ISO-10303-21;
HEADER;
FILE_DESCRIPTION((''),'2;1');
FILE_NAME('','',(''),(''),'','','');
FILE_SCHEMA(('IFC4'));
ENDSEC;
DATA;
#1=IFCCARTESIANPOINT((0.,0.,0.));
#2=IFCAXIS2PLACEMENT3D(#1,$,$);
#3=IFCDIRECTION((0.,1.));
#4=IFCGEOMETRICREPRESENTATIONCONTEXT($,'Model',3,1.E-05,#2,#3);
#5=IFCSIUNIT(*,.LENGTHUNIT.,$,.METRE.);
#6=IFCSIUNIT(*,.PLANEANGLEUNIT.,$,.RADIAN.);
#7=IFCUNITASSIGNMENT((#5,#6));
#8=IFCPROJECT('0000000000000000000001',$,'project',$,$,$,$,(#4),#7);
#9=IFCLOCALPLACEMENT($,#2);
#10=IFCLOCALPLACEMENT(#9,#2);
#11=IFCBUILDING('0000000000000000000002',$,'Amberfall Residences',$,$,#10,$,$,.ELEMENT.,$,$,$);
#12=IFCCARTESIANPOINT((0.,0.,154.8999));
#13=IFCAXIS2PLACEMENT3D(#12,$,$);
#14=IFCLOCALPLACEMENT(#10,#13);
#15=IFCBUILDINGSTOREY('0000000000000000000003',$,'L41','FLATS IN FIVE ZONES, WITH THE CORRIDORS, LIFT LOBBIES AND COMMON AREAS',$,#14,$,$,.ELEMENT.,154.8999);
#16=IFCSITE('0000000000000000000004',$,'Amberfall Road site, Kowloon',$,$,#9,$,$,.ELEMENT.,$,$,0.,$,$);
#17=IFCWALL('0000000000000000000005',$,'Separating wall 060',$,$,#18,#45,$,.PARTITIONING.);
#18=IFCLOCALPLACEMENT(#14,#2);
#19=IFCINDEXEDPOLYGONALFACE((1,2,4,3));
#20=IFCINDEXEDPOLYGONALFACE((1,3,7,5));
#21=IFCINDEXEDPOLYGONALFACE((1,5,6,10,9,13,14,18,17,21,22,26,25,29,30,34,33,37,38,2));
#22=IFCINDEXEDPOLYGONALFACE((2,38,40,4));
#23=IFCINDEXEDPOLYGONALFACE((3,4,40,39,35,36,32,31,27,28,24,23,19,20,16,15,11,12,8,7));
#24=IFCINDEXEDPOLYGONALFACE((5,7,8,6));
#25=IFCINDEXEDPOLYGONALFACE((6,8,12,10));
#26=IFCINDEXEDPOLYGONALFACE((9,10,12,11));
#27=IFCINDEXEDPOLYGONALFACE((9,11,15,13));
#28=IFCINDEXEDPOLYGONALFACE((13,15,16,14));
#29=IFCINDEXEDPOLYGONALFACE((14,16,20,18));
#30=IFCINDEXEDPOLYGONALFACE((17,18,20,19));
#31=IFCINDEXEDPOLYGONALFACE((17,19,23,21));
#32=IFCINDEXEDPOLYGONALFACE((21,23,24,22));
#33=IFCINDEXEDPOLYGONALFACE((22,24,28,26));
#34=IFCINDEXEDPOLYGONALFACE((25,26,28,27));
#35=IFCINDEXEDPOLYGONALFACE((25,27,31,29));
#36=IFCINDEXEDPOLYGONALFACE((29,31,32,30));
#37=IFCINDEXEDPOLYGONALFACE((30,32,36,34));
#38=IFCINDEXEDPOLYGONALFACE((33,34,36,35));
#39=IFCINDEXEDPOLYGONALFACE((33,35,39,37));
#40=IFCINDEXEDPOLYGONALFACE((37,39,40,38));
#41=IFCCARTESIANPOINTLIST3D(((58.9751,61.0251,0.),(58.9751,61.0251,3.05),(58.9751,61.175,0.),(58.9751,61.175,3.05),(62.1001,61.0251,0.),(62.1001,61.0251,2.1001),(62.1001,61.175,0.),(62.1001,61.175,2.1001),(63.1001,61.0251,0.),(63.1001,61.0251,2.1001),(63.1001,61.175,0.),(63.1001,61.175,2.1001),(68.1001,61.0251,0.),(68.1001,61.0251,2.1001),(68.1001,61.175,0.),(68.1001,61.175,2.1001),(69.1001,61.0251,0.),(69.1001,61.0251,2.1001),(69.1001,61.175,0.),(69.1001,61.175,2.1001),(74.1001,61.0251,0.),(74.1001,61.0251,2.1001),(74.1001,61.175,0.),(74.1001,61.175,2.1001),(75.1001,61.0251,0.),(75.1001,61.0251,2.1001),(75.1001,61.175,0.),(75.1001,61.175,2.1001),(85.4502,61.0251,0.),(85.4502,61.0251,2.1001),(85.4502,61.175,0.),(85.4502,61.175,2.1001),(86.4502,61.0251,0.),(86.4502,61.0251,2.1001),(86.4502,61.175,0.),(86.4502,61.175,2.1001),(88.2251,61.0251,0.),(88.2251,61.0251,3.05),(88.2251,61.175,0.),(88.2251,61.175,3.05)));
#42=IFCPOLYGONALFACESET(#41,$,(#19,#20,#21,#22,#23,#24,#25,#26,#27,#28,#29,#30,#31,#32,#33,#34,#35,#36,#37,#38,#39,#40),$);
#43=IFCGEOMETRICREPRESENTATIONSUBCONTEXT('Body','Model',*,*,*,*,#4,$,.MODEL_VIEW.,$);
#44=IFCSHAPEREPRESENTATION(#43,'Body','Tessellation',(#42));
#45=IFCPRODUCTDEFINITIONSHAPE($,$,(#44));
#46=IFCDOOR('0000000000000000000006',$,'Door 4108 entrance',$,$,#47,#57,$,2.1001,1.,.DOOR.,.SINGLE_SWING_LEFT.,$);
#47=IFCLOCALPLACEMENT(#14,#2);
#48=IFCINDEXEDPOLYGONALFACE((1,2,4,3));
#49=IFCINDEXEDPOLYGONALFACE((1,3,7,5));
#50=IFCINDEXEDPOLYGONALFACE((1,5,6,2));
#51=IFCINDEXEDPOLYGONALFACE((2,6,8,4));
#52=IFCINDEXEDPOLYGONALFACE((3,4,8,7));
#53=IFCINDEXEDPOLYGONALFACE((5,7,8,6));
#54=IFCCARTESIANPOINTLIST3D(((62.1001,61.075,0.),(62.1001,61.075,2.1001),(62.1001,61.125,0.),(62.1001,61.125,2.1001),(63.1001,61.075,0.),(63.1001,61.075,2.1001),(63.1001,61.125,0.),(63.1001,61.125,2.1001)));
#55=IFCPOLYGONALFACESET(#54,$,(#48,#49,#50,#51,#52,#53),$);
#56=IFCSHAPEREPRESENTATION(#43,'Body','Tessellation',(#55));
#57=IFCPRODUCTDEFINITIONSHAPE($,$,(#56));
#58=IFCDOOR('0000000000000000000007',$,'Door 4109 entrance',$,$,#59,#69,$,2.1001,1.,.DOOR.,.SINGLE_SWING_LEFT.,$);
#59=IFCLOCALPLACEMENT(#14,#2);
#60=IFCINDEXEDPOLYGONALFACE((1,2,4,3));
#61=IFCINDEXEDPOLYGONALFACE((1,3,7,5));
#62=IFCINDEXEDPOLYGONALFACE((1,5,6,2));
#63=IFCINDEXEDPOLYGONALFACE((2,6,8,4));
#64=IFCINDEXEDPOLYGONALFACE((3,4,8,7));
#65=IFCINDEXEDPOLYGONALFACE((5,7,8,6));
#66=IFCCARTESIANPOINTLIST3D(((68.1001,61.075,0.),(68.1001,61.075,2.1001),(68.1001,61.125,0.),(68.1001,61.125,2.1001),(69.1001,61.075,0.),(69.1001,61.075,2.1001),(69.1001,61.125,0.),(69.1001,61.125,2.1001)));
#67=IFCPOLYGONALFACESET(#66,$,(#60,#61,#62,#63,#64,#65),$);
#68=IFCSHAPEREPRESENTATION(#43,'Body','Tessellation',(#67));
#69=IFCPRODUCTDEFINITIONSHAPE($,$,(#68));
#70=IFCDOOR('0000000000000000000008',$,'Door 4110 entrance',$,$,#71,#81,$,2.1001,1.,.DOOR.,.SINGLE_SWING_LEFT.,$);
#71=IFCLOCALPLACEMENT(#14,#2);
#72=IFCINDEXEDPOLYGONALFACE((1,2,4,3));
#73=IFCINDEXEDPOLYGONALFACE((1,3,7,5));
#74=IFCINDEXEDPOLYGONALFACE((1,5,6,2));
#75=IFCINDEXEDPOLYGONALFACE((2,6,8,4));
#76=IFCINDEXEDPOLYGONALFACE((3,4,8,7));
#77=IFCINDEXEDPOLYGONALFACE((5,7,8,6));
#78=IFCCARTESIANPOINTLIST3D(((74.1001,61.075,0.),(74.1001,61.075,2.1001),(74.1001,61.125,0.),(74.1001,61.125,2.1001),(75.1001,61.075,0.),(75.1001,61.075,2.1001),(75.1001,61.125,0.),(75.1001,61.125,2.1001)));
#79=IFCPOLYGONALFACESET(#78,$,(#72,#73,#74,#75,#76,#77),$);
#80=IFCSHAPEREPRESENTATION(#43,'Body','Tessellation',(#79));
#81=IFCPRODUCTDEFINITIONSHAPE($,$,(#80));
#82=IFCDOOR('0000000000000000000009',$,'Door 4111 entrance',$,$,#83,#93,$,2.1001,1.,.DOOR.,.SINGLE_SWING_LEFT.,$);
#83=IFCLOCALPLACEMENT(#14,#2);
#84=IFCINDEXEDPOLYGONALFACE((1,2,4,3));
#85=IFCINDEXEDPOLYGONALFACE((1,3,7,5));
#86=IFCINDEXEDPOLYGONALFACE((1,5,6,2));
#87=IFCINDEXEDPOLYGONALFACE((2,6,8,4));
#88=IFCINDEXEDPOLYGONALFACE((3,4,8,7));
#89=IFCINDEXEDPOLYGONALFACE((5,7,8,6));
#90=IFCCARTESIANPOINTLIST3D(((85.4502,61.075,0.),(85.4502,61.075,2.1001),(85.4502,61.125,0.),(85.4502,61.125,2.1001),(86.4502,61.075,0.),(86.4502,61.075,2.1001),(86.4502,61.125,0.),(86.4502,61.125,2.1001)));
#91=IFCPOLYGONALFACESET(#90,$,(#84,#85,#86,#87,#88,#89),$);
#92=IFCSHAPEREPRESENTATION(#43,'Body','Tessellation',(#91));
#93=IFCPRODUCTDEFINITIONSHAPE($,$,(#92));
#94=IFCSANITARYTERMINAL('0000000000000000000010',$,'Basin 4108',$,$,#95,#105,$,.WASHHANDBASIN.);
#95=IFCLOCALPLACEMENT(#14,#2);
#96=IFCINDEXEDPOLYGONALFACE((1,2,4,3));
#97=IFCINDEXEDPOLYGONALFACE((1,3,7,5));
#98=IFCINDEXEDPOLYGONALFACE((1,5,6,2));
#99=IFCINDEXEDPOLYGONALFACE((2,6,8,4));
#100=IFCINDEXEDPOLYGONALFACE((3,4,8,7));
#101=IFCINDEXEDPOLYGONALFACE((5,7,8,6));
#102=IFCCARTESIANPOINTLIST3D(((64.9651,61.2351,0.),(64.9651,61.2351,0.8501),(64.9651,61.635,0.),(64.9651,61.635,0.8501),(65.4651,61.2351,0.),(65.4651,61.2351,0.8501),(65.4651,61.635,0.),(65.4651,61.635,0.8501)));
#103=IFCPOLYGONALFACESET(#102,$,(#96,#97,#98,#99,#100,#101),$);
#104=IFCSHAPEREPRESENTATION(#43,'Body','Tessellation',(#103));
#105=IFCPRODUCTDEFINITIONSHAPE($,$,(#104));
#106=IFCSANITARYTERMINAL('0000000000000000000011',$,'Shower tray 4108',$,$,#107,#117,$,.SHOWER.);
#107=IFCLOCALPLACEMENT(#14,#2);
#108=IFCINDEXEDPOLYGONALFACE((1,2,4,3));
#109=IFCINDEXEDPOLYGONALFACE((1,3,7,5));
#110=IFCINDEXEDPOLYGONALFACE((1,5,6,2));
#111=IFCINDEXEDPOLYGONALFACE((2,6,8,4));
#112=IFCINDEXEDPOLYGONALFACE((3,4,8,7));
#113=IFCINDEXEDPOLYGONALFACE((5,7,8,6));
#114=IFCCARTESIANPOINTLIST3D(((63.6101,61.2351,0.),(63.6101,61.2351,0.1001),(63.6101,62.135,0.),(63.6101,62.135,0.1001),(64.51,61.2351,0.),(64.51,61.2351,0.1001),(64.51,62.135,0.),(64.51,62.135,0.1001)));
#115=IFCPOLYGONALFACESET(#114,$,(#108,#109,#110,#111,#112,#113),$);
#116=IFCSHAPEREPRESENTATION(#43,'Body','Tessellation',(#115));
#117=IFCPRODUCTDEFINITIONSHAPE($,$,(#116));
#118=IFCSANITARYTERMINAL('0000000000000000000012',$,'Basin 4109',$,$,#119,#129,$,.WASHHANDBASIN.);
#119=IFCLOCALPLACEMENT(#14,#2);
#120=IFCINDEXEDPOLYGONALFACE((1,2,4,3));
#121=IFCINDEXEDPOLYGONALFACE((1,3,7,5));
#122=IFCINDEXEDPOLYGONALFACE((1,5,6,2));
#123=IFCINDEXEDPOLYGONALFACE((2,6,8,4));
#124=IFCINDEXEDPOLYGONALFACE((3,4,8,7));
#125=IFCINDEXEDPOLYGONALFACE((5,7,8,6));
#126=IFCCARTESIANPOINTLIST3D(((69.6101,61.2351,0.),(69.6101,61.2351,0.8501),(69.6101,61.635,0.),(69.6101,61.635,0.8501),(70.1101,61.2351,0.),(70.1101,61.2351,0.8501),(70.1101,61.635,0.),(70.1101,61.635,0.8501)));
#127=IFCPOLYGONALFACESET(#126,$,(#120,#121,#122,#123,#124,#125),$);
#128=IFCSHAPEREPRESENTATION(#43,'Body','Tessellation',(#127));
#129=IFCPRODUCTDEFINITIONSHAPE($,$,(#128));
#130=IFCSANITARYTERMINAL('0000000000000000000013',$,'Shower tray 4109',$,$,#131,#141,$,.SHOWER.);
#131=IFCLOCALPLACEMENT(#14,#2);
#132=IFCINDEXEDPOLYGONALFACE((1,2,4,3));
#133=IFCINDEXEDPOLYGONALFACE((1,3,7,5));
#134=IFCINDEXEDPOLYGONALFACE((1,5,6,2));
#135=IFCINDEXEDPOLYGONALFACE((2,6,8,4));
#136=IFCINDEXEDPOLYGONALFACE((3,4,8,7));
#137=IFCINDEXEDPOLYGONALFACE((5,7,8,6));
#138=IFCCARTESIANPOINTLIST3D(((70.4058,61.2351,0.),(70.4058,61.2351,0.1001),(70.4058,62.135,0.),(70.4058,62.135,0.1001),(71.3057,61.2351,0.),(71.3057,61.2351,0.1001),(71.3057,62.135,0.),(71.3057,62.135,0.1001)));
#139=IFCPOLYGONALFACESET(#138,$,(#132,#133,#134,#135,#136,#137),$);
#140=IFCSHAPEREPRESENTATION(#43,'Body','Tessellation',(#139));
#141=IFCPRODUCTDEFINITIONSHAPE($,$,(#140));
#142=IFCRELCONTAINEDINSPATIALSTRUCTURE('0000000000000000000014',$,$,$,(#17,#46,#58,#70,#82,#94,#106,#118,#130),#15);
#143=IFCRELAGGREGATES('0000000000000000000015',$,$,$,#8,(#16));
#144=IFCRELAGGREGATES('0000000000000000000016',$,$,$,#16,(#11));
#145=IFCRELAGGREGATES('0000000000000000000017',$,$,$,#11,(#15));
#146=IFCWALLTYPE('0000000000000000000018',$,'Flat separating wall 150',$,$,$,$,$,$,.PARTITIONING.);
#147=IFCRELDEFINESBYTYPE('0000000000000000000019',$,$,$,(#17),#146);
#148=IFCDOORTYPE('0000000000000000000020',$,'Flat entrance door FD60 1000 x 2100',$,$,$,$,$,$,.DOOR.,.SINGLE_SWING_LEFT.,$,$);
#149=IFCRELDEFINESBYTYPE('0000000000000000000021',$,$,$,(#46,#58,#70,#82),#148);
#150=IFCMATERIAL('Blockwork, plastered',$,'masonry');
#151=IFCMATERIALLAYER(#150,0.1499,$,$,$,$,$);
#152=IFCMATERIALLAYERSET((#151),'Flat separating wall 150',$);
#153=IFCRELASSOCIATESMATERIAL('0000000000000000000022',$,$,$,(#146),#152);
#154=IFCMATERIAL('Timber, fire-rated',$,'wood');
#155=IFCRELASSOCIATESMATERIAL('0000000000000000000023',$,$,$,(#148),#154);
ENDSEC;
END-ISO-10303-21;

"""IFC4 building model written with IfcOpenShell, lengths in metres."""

from ifc_helpers import new_model, si_unit, direction, frame, frame_2d, origin, origin_2d, place, context, subcontext, project, spatial, rectangle, extrude, material, layer, layer_set, type_object, element, fill, save


model = new_model("IFC4")

# Units and contexts
model_context = context("Model", 3, precision=1e-05, world=origin(), true_north=direction((0.0, 1.0)))
body_context = subcontext(model_context, "Body", "Model", "MODEL_VIEW")
ifc_project = project(units=[si_unit("LENGTHUNIT", "METRE"), si_unit("PLANEANGLEUNIT", "RADIAN")], contexts=[model_context])

# Site, building, storey
site_placement = place(None, origin())
site = spatial("IfcSite", under=ifc_project, at=site_placement, Name="Amberfall Road site, Kowloon", CompositionType="ELEMENT", RefElevation=0.0)
building_placement = place(site_placement, origin())
building = spatial("IfcBuilding", under=site, at=building_placement, Name="Amberfall Residences", CompositionType="ELEMENT")
storey_placement = place(building_placement, frame((0.0, 0.0, 154.8999)))
storey = spatial("IfcBuildingStorey", under=building, at=storey_placement, Name="L41", Description="FLATS IN FIVE ZONES, WITH THE CORRIDORS, LIFT LOBBIES AND COMMON AREAS", CompositionType="ELEMENT", Elevation=154.8999)

# Shared definitions
ifc_material_1 = material(Name="Blockwork, plastered", Category="masonry")
ifc_layer_1 = layer(ifc_material_1, 0.1499)
ifc_layer_set_1 = layer_set([ifc_layer_1], Name="Flat separating wall 150")
wall_type_1 = type_object("IfcWallType", Name="Flat separating wall 150", PredefinedType="PARTITIONING", material=ifc_layer_set_1)

# Wall, openings, doors
wall_1_placement = place(storey_placement, frame((58.9751, 61.1001, 0.0), z_axis=(0.0, 0.0, 1.0), x_axis=(1.0, 0.0, 0.0)))
wall_1 = element("IfcWall", 1, at=wall_1_placement, inside=storey, type_object=wall_type_1, Name="Separating wall 060", PredefinedType="PARTITIONING", context=body_context, shape_type="SweptSolid", body=[
    extrude(rectangle(XDim=29.25, YDim=0.1499, at=frame_2d((14.625, 0.0))), origin(), (0.0, 0.0, 1.0), 3.05),
])
opening_1_placement = place(wall_1_placement, frame((3.125, 0.0, 0.0)))
opening_1 = element("IfcOpeningElement", 2, at=opening_1_placement, cuts=wall_1, PredefinedType="OPENING", context=body_context, shape_type="SweptSolid", body=[
    extrude(rectangle(XDim=1.0, YDim=2.1001, at=frame_2d((0.5, 1.05))), frame((0.0, 0.085, 0.0), z_axis=(0.0, -1.0, 0.0), x_axis=(1.0, 0.0, 0.0)), (0.0, 0.0, 1.0), 0.1699),
])
opening_2_placement = place(wall_1_placement, frame((9.125, 0.0, 0.0)))
opening_2 = element("IfcOpeningElement", 3, at=opening_2_placement, cuts=wall_1, PredefinedType="OPENING", context=body_context, shape_type="SweptSolid", body=[
    extrude(rectangle(XDim=1.0, YDim=2.1001, at=frame_2d((0.5, 1.05))), frame((0.0, 0.085, 0.0), z_axis=(0.0, -1.0, 0.0), x_axis=(1.0, 0.0, 0.0)), (0.0, 0.0, 1.0), 0.1699),
])
opening_3_placement = place(wall_1_placement, frame((15.125, 0.0, 0.0)))
opening_3 = element("IfcOpeningElement", 4, at=opening_3_placement, cuts=wall_1, PredefinedType="OPENING", context=body_context, shape_type="SweptSolid", body=[
    extrude(rectangle(XDim=1.0, YDim=2.1001, at=frame_2d((0.5, 1.05))), frame((0.0, 0.085, 0.0), z_axis=(0.0, -1.0, 0.0), x_axis=(1.0, 0.0, 0.0)), (0.0, 0.0, 1.0), 0.1699),
])
opening_4_placement = place(wall_1_placement, frame((26.4751, 0.0, 0.0)))
opening_4 = element("IfcOpeningElement", 5, at=opening_4_placement, cuts=wall_1, PredefinedType="OPENING", context=body_context, shape_type="SweptSolid", body=[
    extrude(rectangle(XDim=1.0, YDim=2.1001, at=frame_2d((0.5, 1.05))), frame((0.0, 0.085, 0.0), z_axis=(0.0, -1.0, 0.0), x_axis=(1.0, 0.0, 0.0)), (0.0, 0.0, 1.0), 0.1699),
])
ifc_material_2 = material(Name="Timber, fire-rated", Category="wood")
door_type_1 = type_object("IfcDoorType", Name="Flat entrance door FD60 1000 x 2100", OperationType="SINGLE_SWING_LEFT", PredefinedType="DOOR", material=ifc_material_2)
door_1_placement = place(opening_1_placement, origin())
door_1 = element("IfcDoor", 6, at=door_1_placement, inside=storey, type_object=door_type_1, Name="Door 4108 entrance", OperationType="SINGLE_SWING_LEFT", OverallHeight=2.1001, OverallWidth=1.0, PredefinedType="DOOR", context=body_context, shape_type="SweptSolid", body=[
    extrude(rectangle(XDim=1.0, YDim=2.1001, at=frame_2d((0.5, 1.05))), frame((0.0, 0.0249, 0.0), z_axis=(0.0, -1.0, 0.0), x_axis=(1.0, 0.0, 0.0)), (0.0, 0.0, 1.0), 0.05),
])
fill(opening_1, door_1)
door_2_placement = place(opening_2_placement, origin())
door_2 = element("IfcDoor", 7, at=door_2_placement, inside=storey, type_object=door_type_1, Name="Door 4109 entrance", OperationType="SINGLE_SWING_LEFT", OverallHeight=2.1001, OverallWidth=1.0, PredefinedType="DOOR", context=body_context, shape_type="SweptSolid", body=[
    extrude(rectangle(XDim=1.0, YDim=2.1001, at=frame_2d((0.5, 1.05))), frame((0.0, 0.0249, 0.0), z_axis=(0.0, -1.0, 0.0), x_axis=(1.0, 0.0, 0.0)), (0.0, 0.0, 1.0), 0.05),
])
fill(opening_2, door_2)
door_3_placement = place(opening_3_placement, origin())
door_3 = element("IfcDoor", 8, at=door_3_placement, inside=storey, type_object=door_type_1, Name="Door 4110 entrance", OperationType="SINGLE_SWING_LEFT", OverallHeight=2.1001, OverallWidth=1.0, PredefinedType="DOOR", context=body_context, shape_type="SweptSolid", body=[
    extrude(rectangle(XDim=1.0, YDim=2.1001, at=frame_2d((0.5, 1.05))), frame((0.0, 0.0249, 0.0), z_axis=(0.0, -1.0, 0.0), x_axis=(1.0, 0.0, 0.0)), (0.0, 0.0, 1.0), 0.05),
])
fill(opening_3, door_3)
door_4_placement = place(opening_4_placement, origin())
door_4 = element("IfcDoor", 9, at=door_4_placement, inside=storey, type_object=door_type_1, Name="Door 4111 entrance", OperationType="SINGLE_SWING_LEFT", OverallHeight=2.1001, OverallWidth=1.0, PredefinedType="DOOR", context=body_context, shape_type="SweptSolid", body=[
    extrude(rectangle(XDim=1.0, YDim=2.1001, at=frame_2d((0.5, 1.05))), frame((0.0, 0.0249, 0.0), z_axis=(0.0, -1.0, 0.0), x_axis=(1.0, 0.0, 0.0)), (0.0, 0.0, 1.0), 0.05),
])
fill(opening_4, door_4)

# Sanitary terminals
sanitary_terminal_1_placement = place(storey_placement, frame((65.2151, 61.4351, 0.0), z_axis=(0.0, 0.0, 1.0), x_axis=(1.0, 0.0, 0.0)))
element("IfcSanitaryTerminal", 10, at=sanitary_terminal_1_placement, inside=storey, Name="Basin 4108", PredefinedType="WASHHANDBASIN", context=body_context, shape_type="SweptSolid", body=[
    extrude(rectangle(XDim=0.5, YDim=0.3999, at=origin_2d()), origin(), (0.0, 0.0, 1.0), 0.8501),
])
sanitary_terminal_2_placement = place(storey_placement, frame((64.0601, 61.6851, 0.0), z_axis=(0.0, 0.0, 1.0), x_axis=(1.0, 0.0, 0.0)))
element("IfcSanitaryTerminal", 11, at=sanitary_terminal_2_placement, inside=storey, Name="Shower tray 4108", PredefinedType="SHOWER", context=body_context, shape_type="SweptSolid", body=[
    extrude(rectangle(XDim=0.8999, YDim=0.8999, at=origin_2d()), origin(), (0.0, 0.0, 1.0), 0.1001),
])
sanitary_terminal_3_placement = place(storey_placement, frame((69.8601, 61.4351, 0.0), z_axis=(0.0, 0.0, 1.0), x_axis=(1.0, 0.0, 0.0)))
element("IfcSanitaryTerminal", 12, at=sanitary_terminal_3_placement, inside=storey, Name="Basin 4109", PredefinedType="WASHHANDBASIN", context=body_context, shape_type="SweptSolid", body=[
    extrude(rectangle(XDim=0.5, YDim=0.3999, at=origin_2d()), origin(), (0.0, 0.0, 1.0), 0.8501),
])
sanitary_terminal_4_placement = place(storey_placement, frame((70.8557, 61.6851, 0.0), z_axis=(0.0, 0.0, 1.0), x_axis=(1.0, 0.0, 0.0)))
element("IfcSanitaryTerminal", 13, at=sanitary_terminal_4_placement, inside=storey, Name="Shower tray 4109", PredefinedType="SHOWER", context=body_context, shape_type="SweptSolid", body=[
    extrude(rectangle(XDim=0.8999, YDim=0.8999, at=origin_2d()), origin(), (0.0, 0.0, 1.0), 0.1001),
])

save(model, "model.ifc")
